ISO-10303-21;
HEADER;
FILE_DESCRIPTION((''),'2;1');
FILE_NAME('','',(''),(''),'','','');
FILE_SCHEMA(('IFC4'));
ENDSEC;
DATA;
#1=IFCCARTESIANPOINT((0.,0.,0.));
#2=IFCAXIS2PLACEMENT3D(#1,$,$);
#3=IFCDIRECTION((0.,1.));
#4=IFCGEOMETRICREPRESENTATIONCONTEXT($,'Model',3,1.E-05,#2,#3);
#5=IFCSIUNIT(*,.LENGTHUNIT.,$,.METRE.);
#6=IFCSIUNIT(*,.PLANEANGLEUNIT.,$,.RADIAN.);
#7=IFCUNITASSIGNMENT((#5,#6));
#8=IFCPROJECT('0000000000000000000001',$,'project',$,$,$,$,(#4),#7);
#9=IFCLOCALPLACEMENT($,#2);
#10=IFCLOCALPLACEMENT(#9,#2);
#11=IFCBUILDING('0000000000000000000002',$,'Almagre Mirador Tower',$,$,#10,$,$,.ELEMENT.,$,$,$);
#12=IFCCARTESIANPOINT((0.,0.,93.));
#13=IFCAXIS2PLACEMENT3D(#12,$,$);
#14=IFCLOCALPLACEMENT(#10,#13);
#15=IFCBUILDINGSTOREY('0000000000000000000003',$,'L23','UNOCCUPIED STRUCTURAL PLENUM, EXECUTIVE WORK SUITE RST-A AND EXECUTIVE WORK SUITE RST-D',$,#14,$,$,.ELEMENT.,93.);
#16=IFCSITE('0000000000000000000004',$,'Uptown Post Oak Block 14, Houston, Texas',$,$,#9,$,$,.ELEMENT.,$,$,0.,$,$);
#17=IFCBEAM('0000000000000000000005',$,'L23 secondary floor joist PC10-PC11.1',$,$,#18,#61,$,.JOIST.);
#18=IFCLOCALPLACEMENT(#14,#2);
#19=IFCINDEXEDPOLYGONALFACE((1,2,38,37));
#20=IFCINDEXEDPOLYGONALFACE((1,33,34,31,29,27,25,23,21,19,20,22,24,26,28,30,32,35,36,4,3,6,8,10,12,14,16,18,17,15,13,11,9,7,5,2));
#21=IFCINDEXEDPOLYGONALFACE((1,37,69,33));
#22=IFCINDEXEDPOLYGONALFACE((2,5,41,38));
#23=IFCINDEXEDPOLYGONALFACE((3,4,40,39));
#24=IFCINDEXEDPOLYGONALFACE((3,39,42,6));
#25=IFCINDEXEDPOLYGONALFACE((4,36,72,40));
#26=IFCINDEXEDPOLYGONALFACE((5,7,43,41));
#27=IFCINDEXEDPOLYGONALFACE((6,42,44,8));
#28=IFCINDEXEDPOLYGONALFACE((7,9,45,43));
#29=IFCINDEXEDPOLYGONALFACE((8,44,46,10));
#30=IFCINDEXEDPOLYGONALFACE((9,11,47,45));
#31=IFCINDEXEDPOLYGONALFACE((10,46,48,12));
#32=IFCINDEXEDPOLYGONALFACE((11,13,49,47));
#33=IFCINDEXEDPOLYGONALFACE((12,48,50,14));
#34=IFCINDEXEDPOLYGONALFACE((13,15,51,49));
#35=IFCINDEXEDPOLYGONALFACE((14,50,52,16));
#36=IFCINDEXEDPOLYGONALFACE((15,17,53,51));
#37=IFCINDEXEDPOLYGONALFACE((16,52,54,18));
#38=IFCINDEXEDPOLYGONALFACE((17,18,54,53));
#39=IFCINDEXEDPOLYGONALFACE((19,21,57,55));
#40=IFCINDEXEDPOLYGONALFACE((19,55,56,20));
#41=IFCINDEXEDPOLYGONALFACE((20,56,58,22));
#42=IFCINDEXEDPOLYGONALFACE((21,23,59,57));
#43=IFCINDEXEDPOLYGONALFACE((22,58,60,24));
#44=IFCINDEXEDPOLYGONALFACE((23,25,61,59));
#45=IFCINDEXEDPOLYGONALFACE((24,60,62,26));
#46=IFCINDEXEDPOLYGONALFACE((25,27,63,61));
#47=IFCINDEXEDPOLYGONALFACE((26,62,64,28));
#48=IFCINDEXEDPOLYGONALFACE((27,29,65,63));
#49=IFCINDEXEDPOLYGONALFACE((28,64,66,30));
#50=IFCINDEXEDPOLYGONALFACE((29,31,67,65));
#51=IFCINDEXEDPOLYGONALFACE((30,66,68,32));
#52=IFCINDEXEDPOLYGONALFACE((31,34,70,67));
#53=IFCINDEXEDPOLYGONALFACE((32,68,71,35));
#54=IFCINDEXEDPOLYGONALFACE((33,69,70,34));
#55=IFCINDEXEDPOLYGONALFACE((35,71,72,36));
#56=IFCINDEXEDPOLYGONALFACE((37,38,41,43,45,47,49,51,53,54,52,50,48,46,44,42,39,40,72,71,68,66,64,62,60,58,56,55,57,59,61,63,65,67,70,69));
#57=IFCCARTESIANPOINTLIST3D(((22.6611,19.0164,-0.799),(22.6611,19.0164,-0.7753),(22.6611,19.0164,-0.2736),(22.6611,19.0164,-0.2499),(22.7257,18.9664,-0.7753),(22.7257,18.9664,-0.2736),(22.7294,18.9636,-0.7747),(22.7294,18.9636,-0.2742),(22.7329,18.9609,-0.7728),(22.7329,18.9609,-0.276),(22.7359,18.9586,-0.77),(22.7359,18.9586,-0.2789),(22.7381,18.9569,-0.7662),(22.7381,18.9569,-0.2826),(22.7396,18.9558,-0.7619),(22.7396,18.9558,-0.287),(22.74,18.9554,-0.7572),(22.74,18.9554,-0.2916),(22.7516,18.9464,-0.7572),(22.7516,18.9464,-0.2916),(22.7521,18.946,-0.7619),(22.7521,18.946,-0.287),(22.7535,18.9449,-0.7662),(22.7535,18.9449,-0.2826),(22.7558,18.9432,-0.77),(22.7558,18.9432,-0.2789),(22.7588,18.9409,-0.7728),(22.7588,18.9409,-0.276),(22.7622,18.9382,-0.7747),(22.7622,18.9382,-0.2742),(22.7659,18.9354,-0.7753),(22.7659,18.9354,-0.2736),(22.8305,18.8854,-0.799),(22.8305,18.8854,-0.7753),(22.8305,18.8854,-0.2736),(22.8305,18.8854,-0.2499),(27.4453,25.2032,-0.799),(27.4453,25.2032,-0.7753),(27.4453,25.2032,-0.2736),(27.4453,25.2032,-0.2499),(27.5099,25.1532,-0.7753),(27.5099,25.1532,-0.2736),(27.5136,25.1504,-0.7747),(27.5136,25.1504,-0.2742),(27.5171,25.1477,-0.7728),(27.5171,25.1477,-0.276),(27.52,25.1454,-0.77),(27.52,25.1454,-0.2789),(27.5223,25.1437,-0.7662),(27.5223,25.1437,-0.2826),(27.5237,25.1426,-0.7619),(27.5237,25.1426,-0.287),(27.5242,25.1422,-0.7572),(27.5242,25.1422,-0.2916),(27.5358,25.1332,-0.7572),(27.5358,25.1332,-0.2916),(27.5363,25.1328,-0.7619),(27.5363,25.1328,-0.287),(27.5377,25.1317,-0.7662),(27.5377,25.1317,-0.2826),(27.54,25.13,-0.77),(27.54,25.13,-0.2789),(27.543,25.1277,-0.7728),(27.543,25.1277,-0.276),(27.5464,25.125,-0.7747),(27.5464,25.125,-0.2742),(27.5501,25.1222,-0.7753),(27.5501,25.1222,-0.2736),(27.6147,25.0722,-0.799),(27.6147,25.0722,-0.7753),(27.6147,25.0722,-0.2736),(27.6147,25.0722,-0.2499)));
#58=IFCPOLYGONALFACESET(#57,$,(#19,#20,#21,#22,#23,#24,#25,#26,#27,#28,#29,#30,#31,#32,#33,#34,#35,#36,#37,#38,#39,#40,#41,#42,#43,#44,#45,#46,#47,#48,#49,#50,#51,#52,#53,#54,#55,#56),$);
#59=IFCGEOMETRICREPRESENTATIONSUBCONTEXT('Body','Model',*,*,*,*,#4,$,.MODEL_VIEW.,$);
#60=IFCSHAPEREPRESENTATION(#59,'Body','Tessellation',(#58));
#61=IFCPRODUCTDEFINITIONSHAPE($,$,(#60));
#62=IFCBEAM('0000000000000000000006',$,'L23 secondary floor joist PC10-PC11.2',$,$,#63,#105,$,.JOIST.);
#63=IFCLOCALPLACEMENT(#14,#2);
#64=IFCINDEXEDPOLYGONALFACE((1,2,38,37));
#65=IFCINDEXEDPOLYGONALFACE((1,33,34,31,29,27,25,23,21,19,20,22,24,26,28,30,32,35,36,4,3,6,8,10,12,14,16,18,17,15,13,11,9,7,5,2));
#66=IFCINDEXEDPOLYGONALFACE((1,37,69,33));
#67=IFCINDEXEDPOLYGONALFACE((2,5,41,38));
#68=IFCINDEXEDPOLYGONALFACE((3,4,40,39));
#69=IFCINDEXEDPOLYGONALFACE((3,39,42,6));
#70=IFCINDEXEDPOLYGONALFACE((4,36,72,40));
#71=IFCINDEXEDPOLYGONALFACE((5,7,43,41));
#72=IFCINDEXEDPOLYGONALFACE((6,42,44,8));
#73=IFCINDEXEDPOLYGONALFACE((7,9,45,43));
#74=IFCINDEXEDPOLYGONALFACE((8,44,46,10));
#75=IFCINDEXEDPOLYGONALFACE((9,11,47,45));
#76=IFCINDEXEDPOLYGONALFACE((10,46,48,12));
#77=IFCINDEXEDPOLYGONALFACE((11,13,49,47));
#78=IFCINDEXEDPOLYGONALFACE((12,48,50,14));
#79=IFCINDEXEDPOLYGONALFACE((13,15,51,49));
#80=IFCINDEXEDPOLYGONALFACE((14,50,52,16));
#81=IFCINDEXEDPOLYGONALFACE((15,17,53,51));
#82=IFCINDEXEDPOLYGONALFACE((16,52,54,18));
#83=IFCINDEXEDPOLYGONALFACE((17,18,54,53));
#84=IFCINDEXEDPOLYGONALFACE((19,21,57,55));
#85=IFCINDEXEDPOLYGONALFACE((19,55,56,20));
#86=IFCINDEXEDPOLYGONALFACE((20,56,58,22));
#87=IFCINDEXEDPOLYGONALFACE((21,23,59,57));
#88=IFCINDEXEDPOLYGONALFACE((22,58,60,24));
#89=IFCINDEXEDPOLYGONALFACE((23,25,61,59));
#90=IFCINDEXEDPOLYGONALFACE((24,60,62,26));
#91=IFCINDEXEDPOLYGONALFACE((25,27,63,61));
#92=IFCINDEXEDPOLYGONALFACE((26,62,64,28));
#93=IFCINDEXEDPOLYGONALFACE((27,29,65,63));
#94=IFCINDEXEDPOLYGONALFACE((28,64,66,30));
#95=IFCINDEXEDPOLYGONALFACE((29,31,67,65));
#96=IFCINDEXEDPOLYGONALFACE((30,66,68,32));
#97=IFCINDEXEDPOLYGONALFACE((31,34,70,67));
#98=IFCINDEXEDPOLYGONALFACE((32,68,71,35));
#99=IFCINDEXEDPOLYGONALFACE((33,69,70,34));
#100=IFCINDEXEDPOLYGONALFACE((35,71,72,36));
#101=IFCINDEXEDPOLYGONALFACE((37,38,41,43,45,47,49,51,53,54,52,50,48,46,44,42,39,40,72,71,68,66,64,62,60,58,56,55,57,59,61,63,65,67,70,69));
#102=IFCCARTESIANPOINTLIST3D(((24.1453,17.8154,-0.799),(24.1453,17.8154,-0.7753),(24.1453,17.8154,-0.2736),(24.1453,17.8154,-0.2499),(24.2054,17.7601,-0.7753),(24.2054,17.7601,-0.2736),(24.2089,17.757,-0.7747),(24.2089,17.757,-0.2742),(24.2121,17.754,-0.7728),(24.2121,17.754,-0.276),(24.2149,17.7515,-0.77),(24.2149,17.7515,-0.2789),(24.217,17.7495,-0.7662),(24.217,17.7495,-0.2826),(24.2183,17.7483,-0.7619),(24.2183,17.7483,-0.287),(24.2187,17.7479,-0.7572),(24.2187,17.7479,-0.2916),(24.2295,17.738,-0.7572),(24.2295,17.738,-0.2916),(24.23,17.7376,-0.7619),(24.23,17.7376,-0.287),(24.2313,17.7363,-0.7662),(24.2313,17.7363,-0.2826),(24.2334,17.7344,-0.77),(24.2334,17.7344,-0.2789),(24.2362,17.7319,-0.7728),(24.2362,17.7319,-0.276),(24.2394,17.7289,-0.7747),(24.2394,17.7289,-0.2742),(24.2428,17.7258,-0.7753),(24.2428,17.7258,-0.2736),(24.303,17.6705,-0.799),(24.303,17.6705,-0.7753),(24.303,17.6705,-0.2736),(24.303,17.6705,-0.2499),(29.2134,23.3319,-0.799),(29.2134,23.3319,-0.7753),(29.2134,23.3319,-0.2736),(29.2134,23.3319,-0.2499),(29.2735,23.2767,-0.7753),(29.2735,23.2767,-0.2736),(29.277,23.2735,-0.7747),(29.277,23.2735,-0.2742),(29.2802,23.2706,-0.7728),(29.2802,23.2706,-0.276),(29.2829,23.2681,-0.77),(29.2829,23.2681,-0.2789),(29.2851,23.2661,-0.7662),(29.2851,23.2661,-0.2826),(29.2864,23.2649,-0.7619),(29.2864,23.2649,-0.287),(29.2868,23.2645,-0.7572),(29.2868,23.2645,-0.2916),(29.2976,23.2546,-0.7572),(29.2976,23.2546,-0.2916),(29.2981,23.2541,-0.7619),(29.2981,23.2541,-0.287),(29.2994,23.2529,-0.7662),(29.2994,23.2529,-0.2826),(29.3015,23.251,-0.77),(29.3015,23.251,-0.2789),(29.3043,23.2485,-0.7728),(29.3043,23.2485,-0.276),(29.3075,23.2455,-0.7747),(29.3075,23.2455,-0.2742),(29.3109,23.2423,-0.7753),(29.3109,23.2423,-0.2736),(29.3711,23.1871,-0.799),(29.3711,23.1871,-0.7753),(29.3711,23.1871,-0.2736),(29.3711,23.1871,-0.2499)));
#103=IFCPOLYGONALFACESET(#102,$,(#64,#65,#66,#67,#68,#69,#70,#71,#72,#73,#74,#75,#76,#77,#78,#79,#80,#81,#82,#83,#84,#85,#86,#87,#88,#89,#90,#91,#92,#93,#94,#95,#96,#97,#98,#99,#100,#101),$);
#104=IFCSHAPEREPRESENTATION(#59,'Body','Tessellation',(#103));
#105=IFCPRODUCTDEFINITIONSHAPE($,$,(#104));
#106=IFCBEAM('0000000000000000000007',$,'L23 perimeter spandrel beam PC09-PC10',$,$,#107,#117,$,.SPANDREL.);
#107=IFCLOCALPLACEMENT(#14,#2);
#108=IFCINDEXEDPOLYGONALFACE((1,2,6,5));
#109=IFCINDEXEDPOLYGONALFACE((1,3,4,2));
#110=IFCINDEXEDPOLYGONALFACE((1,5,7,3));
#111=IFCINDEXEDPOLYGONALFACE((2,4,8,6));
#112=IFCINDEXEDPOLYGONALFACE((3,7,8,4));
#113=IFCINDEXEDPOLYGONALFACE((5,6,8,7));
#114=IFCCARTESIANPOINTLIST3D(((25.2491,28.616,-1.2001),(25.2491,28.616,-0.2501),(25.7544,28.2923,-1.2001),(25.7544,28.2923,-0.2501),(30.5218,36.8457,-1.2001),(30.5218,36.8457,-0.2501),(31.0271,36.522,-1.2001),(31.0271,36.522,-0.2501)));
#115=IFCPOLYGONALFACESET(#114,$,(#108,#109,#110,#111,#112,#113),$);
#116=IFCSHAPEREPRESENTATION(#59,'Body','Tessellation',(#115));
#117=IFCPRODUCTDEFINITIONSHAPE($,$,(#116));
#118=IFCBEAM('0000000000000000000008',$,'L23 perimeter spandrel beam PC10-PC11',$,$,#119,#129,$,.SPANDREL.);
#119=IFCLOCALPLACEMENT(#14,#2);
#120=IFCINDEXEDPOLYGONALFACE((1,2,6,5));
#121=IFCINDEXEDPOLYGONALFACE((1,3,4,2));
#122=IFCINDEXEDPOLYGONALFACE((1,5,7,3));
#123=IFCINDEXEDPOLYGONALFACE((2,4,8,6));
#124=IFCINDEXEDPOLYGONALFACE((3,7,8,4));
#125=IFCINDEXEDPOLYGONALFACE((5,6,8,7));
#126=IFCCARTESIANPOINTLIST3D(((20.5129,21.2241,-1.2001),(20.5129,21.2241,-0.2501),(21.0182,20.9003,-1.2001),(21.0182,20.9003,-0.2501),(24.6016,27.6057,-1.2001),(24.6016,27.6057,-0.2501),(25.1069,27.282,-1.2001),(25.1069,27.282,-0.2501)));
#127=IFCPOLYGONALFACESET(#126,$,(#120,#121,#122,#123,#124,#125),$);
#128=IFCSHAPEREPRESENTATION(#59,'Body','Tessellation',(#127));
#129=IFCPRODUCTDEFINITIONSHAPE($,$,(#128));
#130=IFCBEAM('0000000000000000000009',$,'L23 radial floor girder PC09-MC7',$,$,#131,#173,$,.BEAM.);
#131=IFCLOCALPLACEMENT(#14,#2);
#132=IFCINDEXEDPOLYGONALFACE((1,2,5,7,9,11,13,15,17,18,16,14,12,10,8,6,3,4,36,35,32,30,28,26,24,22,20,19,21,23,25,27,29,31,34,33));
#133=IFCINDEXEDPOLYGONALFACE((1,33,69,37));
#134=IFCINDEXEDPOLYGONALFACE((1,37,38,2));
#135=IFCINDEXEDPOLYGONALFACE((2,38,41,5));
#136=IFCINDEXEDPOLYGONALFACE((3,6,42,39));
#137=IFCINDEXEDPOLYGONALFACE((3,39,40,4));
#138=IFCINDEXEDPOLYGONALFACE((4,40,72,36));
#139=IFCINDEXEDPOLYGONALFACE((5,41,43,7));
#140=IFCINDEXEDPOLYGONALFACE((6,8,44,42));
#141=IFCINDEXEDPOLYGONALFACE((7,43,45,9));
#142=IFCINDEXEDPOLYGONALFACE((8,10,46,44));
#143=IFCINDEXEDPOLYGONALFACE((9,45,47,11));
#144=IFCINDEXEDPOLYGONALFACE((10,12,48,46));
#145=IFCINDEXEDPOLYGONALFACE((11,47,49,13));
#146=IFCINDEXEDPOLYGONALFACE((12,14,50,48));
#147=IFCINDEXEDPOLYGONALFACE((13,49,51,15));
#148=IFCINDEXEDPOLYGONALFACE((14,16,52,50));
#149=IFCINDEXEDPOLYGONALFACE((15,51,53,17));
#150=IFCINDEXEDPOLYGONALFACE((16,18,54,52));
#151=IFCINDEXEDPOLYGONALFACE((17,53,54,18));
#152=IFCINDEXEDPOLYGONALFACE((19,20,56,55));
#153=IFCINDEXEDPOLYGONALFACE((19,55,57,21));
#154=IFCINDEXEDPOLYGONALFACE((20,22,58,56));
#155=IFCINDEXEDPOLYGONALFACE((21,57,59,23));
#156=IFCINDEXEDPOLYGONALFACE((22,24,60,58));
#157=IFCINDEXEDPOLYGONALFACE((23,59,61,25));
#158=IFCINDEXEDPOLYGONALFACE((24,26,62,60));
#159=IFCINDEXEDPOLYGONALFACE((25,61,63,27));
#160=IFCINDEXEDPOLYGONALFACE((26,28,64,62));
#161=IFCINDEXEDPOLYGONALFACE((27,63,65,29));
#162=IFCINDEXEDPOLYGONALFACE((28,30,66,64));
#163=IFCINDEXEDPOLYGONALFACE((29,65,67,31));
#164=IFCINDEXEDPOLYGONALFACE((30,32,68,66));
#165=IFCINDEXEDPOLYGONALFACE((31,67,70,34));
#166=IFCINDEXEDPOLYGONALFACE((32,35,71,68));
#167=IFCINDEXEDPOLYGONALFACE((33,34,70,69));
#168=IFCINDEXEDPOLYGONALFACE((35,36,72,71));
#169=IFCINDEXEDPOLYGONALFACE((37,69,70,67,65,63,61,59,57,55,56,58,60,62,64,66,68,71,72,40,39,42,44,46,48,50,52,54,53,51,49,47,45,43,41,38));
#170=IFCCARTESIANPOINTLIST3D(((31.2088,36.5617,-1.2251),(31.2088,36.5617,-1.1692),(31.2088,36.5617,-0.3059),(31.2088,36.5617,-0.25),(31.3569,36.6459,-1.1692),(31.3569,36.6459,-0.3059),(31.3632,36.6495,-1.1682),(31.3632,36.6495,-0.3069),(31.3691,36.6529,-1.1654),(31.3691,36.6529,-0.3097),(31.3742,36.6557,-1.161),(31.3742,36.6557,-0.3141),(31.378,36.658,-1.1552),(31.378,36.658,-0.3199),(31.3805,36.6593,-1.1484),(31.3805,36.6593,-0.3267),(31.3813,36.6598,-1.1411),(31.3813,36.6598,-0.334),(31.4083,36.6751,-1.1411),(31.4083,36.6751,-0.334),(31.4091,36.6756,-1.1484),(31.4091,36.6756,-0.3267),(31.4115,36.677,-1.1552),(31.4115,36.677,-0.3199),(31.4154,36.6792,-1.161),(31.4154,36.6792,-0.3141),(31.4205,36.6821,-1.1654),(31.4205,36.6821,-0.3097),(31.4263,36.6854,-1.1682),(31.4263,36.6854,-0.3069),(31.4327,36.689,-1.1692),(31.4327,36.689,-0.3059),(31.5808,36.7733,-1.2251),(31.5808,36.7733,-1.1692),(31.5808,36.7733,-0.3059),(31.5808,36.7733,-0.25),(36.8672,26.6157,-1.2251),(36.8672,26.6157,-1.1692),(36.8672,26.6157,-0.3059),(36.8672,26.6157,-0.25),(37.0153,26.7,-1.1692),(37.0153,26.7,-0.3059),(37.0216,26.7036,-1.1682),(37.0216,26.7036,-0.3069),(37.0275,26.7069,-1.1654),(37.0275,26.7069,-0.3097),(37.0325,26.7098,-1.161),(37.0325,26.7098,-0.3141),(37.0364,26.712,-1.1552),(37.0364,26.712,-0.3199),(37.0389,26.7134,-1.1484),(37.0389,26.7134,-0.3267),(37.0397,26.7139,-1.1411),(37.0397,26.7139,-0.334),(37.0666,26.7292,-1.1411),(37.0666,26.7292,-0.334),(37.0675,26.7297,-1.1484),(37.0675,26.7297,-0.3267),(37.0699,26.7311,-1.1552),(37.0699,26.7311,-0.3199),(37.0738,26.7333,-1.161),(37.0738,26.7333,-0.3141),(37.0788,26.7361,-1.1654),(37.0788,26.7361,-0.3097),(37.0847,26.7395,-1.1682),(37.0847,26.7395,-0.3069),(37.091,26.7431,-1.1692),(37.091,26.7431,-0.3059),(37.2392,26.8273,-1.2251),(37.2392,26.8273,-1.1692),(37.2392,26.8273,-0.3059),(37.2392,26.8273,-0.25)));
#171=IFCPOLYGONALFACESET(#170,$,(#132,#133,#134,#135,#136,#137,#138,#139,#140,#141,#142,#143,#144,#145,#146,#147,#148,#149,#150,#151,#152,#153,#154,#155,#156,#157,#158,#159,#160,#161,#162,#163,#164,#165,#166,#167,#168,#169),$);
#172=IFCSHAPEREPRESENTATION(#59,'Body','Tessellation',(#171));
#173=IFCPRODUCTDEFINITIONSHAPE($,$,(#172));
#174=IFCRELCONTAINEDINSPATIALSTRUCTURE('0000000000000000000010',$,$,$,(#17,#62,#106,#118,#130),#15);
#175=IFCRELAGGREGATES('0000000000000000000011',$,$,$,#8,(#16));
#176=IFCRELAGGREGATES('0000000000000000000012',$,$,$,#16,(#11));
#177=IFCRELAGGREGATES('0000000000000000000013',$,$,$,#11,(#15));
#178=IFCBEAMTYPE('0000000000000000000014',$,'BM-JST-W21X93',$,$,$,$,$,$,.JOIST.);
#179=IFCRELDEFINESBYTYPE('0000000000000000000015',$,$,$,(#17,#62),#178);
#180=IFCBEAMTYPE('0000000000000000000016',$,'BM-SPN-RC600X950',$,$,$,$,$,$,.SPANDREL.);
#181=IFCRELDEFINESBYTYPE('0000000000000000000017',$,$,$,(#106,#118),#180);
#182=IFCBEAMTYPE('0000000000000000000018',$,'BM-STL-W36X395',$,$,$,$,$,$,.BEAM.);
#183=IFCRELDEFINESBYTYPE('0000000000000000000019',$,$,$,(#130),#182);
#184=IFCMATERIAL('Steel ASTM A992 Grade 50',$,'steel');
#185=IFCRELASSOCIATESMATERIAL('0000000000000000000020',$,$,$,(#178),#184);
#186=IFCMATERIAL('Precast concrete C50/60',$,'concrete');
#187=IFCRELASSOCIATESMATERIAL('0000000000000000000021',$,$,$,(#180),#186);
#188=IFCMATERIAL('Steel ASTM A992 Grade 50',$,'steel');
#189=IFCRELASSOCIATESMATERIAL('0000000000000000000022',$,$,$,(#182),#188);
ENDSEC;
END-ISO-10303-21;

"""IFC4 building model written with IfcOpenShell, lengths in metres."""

from ifc_helpers import new_model, si_unit, direction, frame, origin, origin_2d, place, context, subcontext, project, spatial, rectangle, i_section, extrude, material, material_profile, profile_set, type_object, element, save


model = new_model("IFC4")

# Units and contexts
model_context = context("Model", 3, precision=1e-05, world=origin(), true_north=direction((0.0, 1.0)))
body_context = subcontext(model_context, "Body", "Model", "MODEL_VIEW")
ifc_project = project(units=[si_unit("LENGTHUNIT", "METRE"), si_unit("PLANEANGLEUNIT", "RADIAN")], contexts=[model_context])

# Site, building, storey
site_placement = place(None, origin())
site = spatial("IfcSite", under=ifc_project, at=site_placement, Name="Uptown Post Oak Block 14, Houston, Texas", CompositionType="ELEMENT", RefElevation=0.0)
building_placement = place(site_placement, origin())
building = spatial("IfcBuilding", under=site, at=building_placement, Name="Almagre Mirador Tower", CompositionType="ELEMENT")
storey_placement = place(building_placement, frame((0.0, 0.0, 93.0)))
storey = spatial("IfcBuildingStorey", under=building, at=storey_placement, Name="L23", Description="UNOCCUPIED STRUCTURAL PLENUM, EXECUTIVE WORK SUITE RST-A AND EXECUTIVE WORK SUITE RST-D", CompositionType="ELEMENT", Elevation=93.0)

# Beams
ifc_material_1 = material(Name="Steel ASTM A992 Grade 50", Category="steel")
ifc_material_profile_1 = material_profile(ifc_material_1, i_section(OverallWidth=0.2141, OverallDepth=0.5491, WebThickness=0.0146, FlangeThickness=0.0237, FilletRadius=0.0181, at=origin_2d()), Name="W21X93")
ifc_profile_set_1 = profile_set([ifc_material_profile_1], Name="Steel ASTM A992 Grade 50")
beam_type_1 = type_object("IfcBeamType", Name="BM-JST-W21X93", PredefinedType="JOIST", material=ifc_profile_set_1)
beam_1_placement = place(storey_placement, frame((27.53, 25.1377, -0.5244), z_axis=(-0.611727, -0.791069, 0.0), x_axis=(0.791069, -0.611727, 0.0)))
element("IfcBeam", 1, at=beam_1_placement, inside=storey, type_object=beam_type_1, Name="L23 secondary floor joist PC10-PC11.1", PredefinedType="JOIST", context=body_context, shape_type="SweptSolid", body=[
    extrude(i_section(OverallWidth=0.2141, OverallDepth=0.5491, WebThickness=0.0146, FlangeThickness=0.0237, FilletRadius=0.0181, at=origin_2d()), origin(), (0.0, 0.0, 1.0), 7.8208),
])
beam_2_placement = place(storey_placement, frame((29.2922, 23.2595, -0.5244), z_axis=(-0.676539, -0.736407, 0.0), x_axis=(0.736407, -0.676539, 0.0)))
element("IfcBeam", 2, at=beam_2_placement, inside=storey, type_object=beam_type_1, Name="L23 secondary floor joist PC10-PC11.2", PredefinedType="JOIST", context=body_context, shape_type="SweptSolid", body=[
    extrude(i_section(OverallWidth=0.2141, OverallDepth=0.5491, WebThickness=0.0146, FlangeThickness=0.0237, FilletRadius=0.0181, at=origin_2d()), origin(), (0.0, 0.0, 1.0), 7.4912),
])
ifc_material_2 = material(Name="Precast concrete C50/60", Category="concrete")
ifc_material_profile_2 = material_profile(ifc_material_2, rectangle(XDim=0.6001, YDim=0.95, at=origin_2d()), Name="RC600X950")
ifc_profile_set_2 = profile_set([ifc_material_profile_2], Name="Precast concrete C50/60")
beam_type_2 = type_object("IfcBeamType", Name="BM-SPN-RC600X950", PredefinedType="SPANDREL", material=ifc_profile_set_2)
beam_3_placement = place(storey_placement, frame((30.7744, 36.6838, -0.7251), z_axis=(-0.539465, -0.842008, 0.0), x_axis=(0.842008, -0.539465, 0.0)))
element("IfcBeam", 3, at=beam_3_placement, inside=storey, type_object=beam_type_2, Name="L23 perimeter spandrel beam PC09-PC10", PredefinedType="SPANDREL", context=body_context, shape_type="SweptSolid", body=[
    extrude(rectangle(XDim=0.6001, YDim=0.95, at=origin_2d()), origin(), (0.0, 0.0, 1.0), 9.7739),
])
beam_4_placement = place(storey_placement, frame((24.8542, 27.4438, -0.7251), z_axis=(-0.539466, -0.842007, 0.0), x_axis=(0.842007, -0.539466, 0.0)))
element("IfcBeam", 4, at=beam_4_placement, inside=storey, type_object=beam_type_2, Name="L23 perimeter spandrel beam PC10-PC11", PredefinedType="SPANDREL", context=body_context, shape_type="SweptSolid", body=[
    extrude(rectangle(XDim=0.6001, YDim=0.95, at=origin_2d()), origin(), (0.0, 0.0, 1.0), 7.5791),
])
ifc_material_3 = material(Name="Steel ASTM A992 Grade 50", Category="steel")
ifc_material_profile_3 = material_profile(ifc_material_3, i_section(OverallWidth=0.428, OverallDepth=0.9751, WebThickness=0.031, FlangeThickness=0.0559, FilletRadius=0.0281, at=origin_2d()), Name="W36X395")
ifc_profile_set_3 = profile_set([ifc_material_profile_3], Name="Steel ASTM A992 Grade 50")
beam_type_3 = type_object("IfcBeamType", Name="BM-STL-W36X395", PredefinedType="BEAM", material=ifc_profile_set_3)
beam_5_placement = place(storey_placement, frame((31.3948, 36.6675, -0.7375), z_axis=(0.494491, -0.869183, 0.0), x_axis=(0.869183, 0.494491, 0.0)))
element("IfcBeam", 5, at=beam_5_placement, inside=storey, type_object=beam_type_3, Name="L23 radial floor girder PC09-MC7", PredefinedType="BEAM", context=body_context, shape_type="SweptSolid", body=[
    extrude(i_section(OverallWidth=0.428, OverallDepth=0.9751, WebThickness=0.031, FlangeThickness=0.0559, FilletRadius=0.0281, at=origin_2d()), origin(), (0.0, 0.0, 1.0), 11.4429),
])

save(model, "model.ifc")
